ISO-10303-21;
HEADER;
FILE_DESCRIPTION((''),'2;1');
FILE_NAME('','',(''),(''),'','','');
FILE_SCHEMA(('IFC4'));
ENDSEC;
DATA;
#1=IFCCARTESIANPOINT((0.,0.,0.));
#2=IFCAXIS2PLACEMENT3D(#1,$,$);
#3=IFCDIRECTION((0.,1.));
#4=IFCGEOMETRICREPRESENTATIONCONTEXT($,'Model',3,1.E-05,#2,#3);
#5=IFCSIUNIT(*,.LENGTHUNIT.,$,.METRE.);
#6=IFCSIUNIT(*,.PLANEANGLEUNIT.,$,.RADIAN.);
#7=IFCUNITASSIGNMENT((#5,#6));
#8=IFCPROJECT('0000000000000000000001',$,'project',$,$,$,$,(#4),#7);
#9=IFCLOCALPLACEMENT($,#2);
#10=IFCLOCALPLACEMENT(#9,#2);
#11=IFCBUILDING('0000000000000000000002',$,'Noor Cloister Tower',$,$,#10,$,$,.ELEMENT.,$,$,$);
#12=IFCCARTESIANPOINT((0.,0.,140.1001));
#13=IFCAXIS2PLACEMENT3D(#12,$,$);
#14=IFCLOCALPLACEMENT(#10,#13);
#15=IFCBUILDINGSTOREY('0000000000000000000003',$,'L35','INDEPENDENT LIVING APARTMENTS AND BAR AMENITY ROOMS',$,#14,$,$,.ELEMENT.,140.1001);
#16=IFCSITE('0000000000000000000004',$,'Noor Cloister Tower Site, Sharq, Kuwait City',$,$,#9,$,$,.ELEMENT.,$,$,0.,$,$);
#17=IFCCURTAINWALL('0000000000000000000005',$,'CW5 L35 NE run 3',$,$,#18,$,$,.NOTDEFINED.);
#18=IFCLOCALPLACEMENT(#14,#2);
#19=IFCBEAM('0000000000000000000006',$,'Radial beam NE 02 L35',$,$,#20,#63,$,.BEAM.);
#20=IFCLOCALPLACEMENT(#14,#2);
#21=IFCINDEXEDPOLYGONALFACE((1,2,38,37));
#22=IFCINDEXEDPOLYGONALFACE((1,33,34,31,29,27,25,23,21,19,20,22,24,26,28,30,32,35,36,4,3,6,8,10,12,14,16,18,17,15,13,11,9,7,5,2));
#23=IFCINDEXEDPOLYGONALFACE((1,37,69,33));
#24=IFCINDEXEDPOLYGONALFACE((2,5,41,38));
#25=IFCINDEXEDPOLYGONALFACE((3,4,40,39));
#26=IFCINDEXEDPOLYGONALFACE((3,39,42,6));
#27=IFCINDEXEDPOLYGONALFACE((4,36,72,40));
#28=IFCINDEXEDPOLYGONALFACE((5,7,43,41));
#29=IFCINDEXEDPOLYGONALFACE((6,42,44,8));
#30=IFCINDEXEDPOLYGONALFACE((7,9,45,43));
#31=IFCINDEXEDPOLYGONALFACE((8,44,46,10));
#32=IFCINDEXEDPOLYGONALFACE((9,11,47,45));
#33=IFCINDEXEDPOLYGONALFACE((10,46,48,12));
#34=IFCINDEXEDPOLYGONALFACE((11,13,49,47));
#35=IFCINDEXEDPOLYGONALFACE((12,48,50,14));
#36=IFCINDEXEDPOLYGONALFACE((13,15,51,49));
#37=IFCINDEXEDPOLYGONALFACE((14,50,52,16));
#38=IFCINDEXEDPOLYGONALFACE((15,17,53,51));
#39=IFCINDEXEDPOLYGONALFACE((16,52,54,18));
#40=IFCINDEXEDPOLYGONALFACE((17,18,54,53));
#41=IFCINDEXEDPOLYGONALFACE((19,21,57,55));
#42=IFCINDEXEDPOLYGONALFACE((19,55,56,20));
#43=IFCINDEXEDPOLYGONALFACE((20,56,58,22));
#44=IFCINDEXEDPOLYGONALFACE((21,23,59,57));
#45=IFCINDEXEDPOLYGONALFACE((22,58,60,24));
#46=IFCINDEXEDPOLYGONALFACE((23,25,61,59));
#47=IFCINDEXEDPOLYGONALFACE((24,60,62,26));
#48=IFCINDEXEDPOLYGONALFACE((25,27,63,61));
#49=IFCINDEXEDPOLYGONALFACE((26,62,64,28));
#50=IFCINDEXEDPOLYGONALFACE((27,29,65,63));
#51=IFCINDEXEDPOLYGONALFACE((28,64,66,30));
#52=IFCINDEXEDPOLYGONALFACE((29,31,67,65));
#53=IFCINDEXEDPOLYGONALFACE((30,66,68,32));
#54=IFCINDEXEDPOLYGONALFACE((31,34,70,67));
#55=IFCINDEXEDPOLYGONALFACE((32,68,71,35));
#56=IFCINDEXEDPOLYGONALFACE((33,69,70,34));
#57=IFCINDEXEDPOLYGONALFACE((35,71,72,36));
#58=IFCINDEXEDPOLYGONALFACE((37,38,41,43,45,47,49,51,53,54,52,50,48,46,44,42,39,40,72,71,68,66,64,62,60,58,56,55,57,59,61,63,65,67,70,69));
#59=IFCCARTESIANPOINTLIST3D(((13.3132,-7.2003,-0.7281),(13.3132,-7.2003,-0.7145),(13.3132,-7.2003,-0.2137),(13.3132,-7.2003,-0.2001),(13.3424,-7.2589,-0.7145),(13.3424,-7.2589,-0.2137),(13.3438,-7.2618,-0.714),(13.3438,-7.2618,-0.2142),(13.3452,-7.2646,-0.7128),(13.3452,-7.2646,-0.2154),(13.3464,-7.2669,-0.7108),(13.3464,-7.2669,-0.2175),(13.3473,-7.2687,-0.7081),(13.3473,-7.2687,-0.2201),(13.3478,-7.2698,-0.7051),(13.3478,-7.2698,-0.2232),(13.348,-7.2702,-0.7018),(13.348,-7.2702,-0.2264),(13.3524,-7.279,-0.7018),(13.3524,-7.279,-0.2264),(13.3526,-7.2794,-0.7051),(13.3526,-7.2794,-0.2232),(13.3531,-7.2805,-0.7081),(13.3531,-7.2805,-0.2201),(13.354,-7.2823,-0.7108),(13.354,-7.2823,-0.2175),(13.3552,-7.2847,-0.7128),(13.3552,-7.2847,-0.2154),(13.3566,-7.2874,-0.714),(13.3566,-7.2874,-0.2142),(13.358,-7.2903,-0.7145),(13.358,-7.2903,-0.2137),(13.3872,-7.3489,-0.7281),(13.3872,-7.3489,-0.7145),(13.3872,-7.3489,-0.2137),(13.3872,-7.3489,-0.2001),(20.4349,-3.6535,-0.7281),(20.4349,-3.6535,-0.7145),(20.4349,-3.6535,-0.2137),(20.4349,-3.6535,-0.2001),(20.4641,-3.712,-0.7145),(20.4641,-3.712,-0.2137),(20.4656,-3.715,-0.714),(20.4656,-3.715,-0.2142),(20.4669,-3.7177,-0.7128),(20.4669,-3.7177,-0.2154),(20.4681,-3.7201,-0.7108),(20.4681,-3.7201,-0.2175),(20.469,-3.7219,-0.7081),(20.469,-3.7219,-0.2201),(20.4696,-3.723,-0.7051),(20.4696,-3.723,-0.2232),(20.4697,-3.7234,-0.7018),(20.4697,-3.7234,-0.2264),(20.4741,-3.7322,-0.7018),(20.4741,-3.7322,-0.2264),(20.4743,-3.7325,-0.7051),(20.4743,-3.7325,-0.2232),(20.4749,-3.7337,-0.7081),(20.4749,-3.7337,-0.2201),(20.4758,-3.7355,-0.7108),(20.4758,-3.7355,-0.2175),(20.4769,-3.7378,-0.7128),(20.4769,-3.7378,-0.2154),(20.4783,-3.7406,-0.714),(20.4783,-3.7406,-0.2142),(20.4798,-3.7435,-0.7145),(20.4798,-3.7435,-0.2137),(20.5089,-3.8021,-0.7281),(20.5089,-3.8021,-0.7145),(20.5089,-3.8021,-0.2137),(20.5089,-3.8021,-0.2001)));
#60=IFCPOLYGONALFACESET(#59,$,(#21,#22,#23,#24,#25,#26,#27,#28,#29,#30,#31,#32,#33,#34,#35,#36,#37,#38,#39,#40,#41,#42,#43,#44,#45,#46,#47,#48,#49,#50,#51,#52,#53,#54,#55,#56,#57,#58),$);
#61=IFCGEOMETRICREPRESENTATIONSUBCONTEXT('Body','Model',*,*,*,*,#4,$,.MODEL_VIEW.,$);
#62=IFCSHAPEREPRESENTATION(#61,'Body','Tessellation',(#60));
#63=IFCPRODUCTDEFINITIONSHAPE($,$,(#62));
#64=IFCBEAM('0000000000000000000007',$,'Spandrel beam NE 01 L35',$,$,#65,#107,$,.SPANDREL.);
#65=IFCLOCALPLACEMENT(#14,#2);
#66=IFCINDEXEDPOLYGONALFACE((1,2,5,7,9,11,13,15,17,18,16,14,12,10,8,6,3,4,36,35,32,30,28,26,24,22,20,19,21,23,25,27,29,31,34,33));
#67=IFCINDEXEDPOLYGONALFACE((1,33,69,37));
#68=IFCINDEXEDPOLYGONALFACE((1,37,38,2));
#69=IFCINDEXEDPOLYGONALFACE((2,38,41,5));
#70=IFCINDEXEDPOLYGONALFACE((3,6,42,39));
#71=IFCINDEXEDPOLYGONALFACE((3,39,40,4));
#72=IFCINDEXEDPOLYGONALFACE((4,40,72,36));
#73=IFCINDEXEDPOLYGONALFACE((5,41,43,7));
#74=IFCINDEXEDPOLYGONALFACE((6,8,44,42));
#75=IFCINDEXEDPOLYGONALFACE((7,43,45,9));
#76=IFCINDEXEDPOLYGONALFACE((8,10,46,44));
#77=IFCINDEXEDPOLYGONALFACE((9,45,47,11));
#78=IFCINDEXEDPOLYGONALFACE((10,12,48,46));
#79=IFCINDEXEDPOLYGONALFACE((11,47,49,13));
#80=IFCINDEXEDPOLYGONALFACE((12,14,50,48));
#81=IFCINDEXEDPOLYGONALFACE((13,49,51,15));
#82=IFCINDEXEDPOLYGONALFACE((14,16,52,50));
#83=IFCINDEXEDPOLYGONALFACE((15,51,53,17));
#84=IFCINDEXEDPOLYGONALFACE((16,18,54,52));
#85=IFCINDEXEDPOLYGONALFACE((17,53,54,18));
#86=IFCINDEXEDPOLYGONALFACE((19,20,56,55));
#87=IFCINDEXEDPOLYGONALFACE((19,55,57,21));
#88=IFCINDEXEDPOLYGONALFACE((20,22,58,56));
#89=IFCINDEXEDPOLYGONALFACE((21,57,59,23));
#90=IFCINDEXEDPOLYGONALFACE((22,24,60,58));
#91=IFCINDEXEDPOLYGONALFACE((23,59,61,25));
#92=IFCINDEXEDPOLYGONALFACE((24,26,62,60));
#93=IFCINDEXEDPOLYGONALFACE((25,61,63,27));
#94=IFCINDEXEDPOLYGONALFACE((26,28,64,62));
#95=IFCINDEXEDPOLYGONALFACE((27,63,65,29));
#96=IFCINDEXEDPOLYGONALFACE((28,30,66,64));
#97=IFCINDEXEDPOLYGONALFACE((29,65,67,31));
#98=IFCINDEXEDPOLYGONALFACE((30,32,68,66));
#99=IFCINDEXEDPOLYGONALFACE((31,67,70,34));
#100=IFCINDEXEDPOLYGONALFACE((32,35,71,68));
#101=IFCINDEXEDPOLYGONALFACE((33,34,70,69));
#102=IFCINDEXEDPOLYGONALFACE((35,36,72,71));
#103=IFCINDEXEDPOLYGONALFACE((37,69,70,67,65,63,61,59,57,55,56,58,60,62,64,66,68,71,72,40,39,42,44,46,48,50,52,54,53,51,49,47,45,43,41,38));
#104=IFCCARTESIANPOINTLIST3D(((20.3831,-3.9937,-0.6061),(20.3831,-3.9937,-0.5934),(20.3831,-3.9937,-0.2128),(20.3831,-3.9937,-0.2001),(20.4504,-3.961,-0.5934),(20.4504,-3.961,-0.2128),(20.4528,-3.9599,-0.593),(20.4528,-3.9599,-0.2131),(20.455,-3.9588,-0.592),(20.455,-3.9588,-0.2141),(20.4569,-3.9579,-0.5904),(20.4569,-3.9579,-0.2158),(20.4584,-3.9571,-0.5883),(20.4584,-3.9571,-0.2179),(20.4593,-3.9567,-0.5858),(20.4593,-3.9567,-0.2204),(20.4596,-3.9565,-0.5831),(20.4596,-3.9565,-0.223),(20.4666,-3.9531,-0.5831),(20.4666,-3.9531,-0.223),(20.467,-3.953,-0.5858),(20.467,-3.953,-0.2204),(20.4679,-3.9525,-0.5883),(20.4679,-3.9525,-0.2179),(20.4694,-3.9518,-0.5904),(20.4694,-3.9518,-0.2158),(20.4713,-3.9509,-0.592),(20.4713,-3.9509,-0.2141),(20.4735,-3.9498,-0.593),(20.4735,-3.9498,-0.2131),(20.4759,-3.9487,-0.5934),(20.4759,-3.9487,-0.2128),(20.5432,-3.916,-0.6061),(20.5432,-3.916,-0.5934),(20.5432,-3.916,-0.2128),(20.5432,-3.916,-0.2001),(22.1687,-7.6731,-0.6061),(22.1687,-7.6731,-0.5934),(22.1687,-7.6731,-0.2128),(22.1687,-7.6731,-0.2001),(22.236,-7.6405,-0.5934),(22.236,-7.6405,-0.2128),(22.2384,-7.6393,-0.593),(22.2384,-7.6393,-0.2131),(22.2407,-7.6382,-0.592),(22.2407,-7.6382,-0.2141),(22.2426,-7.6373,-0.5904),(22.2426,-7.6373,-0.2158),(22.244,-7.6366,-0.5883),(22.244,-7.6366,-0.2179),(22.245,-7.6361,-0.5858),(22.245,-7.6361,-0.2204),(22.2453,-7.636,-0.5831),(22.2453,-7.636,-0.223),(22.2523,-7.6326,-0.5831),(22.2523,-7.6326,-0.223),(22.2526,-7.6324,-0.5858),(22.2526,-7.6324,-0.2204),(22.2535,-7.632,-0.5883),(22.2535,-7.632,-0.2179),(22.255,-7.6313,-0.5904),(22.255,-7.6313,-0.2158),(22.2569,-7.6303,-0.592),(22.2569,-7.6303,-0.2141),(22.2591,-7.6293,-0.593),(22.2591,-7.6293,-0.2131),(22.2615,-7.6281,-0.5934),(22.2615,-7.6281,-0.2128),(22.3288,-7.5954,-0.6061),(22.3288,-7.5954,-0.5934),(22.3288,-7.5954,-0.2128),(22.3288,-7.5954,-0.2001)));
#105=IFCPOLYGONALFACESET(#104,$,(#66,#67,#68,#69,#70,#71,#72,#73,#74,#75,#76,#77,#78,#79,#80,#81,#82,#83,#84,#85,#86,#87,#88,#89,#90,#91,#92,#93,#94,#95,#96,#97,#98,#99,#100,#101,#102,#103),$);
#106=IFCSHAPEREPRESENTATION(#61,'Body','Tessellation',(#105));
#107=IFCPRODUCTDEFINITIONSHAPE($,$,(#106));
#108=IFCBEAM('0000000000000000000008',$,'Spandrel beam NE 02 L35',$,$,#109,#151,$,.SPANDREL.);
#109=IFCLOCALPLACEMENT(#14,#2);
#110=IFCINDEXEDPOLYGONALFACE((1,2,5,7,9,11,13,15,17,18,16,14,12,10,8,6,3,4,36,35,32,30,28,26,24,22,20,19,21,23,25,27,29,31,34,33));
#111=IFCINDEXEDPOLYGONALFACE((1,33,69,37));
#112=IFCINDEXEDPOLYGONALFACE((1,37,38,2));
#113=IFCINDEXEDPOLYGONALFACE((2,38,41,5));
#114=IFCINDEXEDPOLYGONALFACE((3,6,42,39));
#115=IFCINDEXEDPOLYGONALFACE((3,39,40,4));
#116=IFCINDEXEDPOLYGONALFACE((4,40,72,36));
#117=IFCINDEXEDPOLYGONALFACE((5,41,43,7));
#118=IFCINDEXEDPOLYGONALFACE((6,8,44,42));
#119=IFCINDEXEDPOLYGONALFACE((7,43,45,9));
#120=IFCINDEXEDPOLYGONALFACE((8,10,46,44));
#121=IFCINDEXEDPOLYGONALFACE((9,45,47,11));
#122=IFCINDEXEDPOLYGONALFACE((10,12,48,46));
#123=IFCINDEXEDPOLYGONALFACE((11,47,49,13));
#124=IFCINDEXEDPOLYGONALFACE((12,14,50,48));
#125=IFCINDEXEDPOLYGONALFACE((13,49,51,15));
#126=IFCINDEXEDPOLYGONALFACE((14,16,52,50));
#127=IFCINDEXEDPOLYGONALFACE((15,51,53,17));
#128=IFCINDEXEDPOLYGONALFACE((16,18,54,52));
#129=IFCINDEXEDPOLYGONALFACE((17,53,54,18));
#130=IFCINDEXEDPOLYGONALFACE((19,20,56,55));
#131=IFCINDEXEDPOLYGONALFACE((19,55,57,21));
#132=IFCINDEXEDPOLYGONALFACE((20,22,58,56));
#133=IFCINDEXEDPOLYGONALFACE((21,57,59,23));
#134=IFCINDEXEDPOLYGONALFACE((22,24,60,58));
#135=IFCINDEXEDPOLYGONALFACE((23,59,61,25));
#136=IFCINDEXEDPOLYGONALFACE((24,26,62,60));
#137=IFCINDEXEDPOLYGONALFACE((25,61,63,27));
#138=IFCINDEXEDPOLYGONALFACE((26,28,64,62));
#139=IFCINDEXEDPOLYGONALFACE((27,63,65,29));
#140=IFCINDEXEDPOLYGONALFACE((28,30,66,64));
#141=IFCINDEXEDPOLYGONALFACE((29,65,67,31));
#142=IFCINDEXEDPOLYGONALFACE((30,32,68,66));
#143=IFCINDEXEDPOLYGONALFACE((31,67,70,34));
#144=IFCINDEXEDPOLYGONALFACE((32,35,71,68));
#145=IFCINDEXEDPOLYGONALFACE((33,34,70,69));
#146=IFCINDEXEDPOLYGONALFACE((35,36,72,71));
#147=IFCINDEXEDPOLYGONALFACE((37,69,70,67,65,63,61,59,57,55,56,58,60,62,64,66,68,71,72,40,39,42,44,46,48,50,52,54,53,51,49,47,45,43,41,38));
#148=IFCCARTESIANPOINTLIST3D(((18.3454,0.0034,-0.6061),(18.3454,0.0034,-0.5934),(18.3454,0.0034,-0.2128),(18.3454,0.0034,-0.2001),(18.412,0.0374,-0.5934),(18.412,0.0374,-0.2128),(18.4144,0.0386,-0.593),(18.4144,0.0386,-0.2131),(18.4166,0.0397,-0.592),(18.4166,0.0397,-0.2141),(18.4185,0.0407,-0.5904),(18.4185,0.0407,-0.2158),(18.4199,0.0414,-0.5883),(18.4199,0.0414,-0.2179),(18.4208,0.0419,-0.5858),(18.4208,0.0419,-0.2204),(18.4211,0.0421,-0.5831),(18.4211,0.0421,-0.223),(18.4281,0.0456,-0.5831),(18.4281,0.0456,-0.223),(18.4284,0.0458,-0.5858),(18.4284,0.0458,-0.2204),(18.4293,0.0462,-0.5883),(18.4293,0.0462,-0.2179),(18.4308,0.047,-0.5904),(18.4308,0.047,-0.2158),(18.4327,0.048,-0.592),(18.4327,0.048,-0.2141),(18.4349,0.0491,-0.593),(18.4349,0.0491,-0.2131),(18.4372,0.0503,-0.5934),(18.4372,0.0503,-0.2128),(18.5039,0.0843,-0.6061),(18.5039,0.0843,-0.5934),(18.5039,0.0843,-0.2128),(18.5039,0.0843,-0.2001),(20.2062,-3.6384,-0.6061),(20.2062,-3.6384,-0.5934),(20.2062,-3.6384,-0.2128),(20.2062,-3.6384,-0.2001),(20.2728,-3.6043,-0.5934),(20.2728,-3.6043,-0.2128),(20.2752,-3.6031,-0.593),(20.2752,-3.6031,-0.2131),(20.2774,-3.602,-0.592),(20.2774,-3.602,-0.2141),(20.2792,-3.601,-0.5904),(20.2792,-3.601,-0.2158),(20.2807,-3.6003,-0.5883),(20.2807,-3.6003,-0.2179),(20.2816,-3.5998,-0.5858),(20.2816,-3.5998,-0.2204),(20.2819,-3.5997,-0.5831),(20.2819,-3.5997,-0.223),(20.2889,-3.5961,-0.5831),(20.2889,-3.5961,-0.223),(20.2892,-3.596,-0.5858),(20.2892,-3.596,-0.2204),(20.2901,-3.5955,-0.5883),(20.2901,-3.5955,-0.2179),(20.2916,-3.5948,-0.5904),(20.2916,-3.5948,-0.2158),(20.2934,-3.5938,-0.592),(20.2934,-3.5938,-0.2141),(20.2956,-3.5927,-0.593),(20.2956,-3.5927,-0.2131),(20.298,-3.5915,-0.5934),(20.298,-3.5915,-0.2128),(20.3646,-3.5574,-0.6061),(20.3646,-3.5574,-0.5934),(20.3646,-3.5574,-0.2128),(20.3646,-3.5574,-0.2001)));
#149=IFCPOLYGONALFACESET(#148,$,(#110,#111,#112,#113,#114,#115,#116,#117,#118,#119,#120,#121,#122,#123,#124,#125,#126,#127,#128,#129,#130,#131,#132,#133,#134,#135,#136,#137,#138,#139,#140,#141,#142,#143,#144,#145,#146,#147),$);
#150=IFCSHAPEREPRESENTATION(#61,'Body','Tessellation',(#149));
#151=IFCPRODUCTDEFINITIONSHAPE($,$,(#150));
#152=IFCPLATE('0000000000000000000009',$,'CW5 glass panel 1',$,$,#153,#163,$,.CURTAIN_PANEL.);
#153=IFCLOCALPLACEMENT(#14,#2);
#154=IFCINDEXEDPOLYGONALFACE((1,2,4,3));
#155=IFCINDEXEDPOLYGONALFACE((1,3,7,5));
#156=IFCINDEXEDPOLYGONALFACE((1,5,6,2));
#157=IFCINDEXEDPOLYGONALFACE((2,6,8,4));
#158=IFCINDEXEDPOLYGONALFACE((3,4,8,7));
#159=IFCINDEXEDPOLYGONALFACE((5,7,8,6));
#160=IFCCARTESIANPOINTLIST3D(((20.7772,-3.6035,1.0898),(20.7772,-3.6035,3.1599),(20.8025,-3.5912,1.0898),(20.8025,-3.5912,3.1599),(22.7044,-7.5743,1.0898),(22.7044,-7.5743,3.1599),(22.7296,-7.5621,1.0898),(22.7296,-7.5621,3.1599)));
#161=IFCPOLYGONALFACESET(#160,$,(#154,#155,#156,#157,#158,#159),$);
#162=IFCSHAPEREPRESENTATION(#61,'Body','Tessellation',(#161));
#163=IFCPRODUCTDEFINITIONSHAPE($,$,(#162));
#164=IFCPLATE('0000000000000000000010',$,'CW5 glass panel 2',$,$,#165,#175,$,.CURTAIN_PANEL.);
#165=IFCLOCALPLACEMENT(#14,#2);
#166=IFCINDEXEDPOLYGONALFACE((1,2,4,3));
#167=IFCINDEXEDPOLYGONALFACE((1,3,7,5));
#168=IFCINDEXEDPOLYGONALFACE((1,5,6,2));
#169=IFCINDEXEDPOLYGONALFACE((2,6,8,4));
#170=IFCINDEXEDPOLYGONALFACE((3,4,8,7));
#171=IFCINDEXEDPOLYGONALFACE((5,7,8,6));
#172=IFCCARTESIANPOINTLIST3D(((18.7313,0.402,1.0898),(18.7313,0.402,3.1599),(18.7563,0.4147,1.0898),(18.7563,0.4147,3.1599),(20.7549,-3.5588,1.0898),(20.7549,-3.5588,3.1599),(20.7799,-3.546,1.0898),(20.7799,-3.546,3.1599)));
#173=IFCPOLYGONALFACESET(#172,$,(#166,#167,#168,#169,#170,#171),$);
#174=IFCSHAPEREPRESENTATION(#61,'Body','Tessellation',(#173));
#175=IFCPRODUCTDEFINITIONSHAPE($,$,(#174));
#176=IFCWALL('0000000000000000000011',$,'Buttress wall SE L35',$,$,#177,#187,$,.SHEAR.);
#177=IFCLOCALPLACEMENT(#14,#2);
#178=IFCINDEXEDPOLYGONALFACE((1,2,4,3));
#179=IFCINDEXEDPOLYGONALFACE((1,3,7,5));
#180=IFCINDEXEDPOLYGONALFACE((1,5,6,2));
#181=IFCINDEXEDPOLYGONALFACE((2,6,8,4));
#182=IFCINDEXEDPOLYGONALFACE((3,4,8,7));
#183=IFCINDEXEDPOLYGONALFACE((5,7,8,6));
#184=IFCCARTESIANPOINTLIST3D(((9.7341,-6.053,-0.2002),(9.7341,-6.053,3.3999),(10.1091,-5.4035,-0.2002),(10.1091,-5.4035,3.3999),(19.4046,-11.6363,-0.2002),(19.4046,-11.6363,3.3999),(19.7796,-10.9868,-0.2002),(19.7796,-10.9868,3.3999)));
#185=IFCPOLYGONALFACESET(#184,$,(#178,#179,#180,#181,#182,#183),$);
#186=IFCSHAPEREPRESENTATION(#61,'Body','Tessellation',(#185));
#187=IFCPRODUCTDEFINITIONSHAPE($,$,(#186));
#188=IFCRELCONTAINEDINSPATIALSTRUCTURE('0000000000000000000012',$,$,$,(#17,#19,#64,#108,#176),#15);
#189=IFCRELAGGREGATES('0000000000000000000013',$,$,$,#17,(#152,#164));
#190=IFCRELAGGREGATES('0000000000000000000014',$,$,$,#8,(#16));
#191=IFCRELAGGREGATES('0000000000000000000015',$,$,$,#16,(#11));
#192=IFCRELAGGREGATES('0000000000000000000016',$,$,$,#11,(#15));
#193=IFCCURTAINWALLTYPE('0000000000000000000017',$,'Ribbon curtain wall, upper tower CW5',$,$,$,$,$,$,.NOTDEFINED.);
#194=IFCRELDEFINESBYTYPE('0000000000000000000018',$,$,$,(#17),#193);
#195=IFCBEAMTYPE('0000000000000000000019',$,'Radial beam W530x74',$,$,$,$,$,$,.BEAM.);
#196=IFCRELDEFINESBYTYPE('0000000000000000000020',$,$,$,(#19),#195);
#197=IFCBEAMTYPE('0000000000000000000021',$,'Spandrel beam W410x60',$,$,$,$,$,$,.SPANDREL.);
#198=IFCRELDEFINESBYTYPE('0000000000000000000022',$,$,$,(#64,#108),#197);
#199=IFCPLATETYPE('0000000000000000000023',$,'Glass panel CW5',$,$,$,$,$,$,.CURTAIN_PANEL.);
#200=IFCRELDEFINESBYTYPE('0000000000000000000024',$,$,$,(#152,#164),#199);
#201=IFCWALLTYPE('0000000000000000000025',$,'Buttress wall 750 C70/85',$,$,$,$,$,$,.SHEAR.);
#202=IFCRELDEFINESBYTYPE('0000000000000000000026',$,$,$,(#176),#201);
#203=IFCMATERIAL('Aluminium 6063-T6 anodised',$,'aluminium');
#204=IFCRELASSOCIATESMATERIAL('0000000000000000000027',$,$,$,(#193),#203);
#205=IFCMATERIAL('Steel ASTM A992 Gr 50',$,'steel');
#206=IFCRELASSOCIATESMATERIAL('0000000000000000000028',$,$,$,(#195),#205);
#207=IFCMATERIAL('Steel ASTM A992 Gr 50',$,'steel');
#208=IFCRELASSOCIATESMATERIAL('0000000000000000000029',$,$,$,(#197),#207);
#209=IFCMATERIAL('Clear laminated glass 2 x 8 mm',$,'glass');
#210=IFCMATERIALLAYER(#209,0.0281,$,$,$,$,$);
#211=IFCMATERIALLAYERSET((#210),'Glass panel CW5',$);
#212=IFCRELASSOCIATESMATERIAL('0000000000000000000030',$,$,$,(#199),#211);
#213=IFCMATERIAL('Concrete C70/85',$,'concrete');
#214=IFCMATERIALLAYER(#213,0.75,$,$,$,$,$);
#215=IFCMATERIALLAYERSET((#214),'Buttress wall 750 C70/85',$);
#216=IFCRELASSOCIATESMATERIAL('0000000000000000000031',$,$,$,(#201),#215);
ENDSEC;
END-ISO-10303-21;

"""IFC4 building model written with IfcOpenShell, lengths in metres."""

from ifc_helpers import new_model, si_unit, direction, frame, frame_2d, origin, origin_2d, place, context, subcontext, project, spatial, rectangle, i_section, extrude, material, layer, layer_set, material_profile, profile_set, type_object, element, aggregate, save


model = new_model("IFC4")

# Units and contexts
model_context = context("Model", 3, precision=1e-05, world=origin(), true_north=direction((0.0, 1.0)))
body_context = subcontext(model_context, "Body", "Model", "MODEL_VIEW")
ifc_project = project(units=[si_unit("LENGTHUNIT", "METRE"), si_unit("PLANEANGLEUNIT", "RADIAN")], contexts=[model_context])

# Site, building, storey
site_placement = place(None, origin())
site = spatial("IfcSite", under=ifc_project, at=site_placement, Name="Noor Cloister Tower Site, Sharq, Kuwait City", CompositionType="ELEMENT", RefElevation=0.0)
building_placement = place(site_placement, origin())
building = spatial("IfcBuilding", under=site, at=building_placement, Name="Noor Cloister Tower", CompositionType="ELEMENT")
storey_placement = place(building_placement, frame((0.0, 0.0, 140.1001)))
storey = spatial("IfcBuildingStorey", under=building, at=storey_placement, Name="L35", Description="INDEPENDENT LIVING APARTMENTS AND BAR AMENITY ROOMS", CompositionType="ELEMENT", Elevation=140.1001)

# Curtain wall
ifc_material_1 = material(Name="Aluminium 6063-T6 anodised", Category="aluminium")
curtain_wall_type = type_object("IfcCurtainWallType", Name="Ribbon curtain wall, upper tower CW5", PredefinedType="NOTDEFINED", material=ifc_material_1)
curtain_wall_placement = place(storey_placement, origin())
curtain_wall = element("IfcCurtainWall", 1, at=curtain_wall_placement, inside=storey, type_object=curtain_wall_type, Name="CW5 L35 NE run 3", PredefinedType="NOTDEFINED")

# Beams
ifc_material_2 = material(Name="Steel ASTM A992 Gr 50", Category="steel")
ifc_material_profile_1 = material_profile(ifc_material_2, i_section(OverallWidth=0.166, OverallDepth=0.5281, WebThickness=0.0098, FlangeThickness=0.0137, FilletRadius=0.0127, at=origin_2d()), Name="W530x74")
ifc_profile_set_1 = profile_set([ifc_material_profile_1], Name="Steel ASTM A992 Gr 50")
beam_type_1 = type_object("IfcBeamType", Name="Radial beam W530x74", PredefinedType="BEAM", material=ifc_profile_set_1)
beam_1_placement = place(storey_placement, frame((20.4719, -3.7278, -0.4641), z_axis=(-0.895132, -0.445801, 0.0), x_axis=(0.445801, -0.895132, 0.0)))
element("IfcBeam", 2, at=beam_1_placement, inside=storey, type_object=beam_type_1, Name="Radial beam NE 02 L35", PredefinedType="BEAM", context=body_context, shape_type="SweptSolid", body=[
    extrude(i_section(OverallWidth=0.166, OverallDepth=0.5281, WebThickness=0.0098, FlangeThickness=0.0137, FilletRadius=0.0127, at=origin_2d()), origin(), (0.0, 0.0, 1.0), 7.9561),
])
ifc_material_3 = material(Name="Steel ASTM A992 Gr 50", Category="steel")
ifc_material_profile_2 = material_profile(ifc_material_3, i_section(OverallWidth=0.178, OverallDepth=0.406, WebThickness=0.0078, FlangeThickness=0.0127, FilletRadius=0.0103, at=origin_2d()), Name="W410x60")
ifc_profile_set_2 = profile_set([ifc_material_profile_2], Name="Steel ASTM A992 Gr 50")
beam_type_2 = type_object("IfcBeamType", Name="Spandrel beam W410x60", PredefinedType="SPANDREL", material=ifc_profile_set_2)
beam_2_placement = place(storey_placement, frame((22.2488, -7.6343, -0.4031), z_axis=(-0.436604, 0.899654, 0.0), x_axis=(-0.899654, -0.436604, 0.0)))
element("IfcBeam", 3, at=beam_2_placement, inside=storey, type_object=beam_type_2, Name="Spandrel beam NE 01 L35", PredefinedType="SPANDREL", context=body_context, shape_type="SweptSolid", body=[
    extrude(i_section(OverallWidth=0.178, OverallDepth=0.406, WebThickness=0.0078, FlangeThickness=0.0127, FilletRadius=0.0103, at=origin_2d()), origin(), (0.0, 0.0, 1.0), 4.0898),
])
beam_3_placement = place(storey_placement, frame((20.2854, -3.5979, -0.4031), z_axis=(-0.455005, 0.890489, 0.0), x_axis=(-0.890489, -0.455005, 0.0)))
element("IfcBeam", 4, at=beam_3_placement, inside=storey, type_object=beam_type_2, Name="Spandrel beam NE 02 L35", PredefinedType="SPANDREL", context=body_context, shape_type="SweptSolid", body=[
    extrude(i_section(OverallWidth=0.178, OverallDepth=0.406, WebThickness=0.0078, FlangeThickness=0.0127, FilletRadius=0.0103, at=origin_2d()), origin(), (0.0, 0.0, 1.0), 4.0896),
])

# Plates
ifc_material_4 = material(Name="Clear laminated glass 2 x 8 mm", Category="glass")
ifc_layer_1 = layer(ifc_material_4, 0.0281)
ifc_layer_set_1 = layer_set([ifc_layer_1], Name="Glass panel CW5")
plate_type = type_object("IfcPlateType", Name="Glass panel CW5", PredefinedType="CURTAIN_PANEL", material=ifc_layer_set_1)
plate_1_placement = place(storey_placement, frame((21.7534, -5.5828, 1.0898), z_axis=(0.0, 0.0, 1.0), x_axis=(-0.436619, 0.899647, 0.0)))
plate_1 = element("IfcPlate", 5, at=plate_1_placement, type_object=plate_type, Name="CW5 glass panel 1", PredefinedType="CURTAIN_PANEL", context=body_context, shape_type="SweptSolid", body=[
    extrude(rectangle(XDim=4.4138, YDim=0.0281, at=origin_2d()), origin(), (0.0, 0.0, 1.0), 2.0701),
])
plate_2_placement = place(storey_placement, frame((19.7556, -1.572, 1.0898), z_axis=(0.0, 0.0, 1.0), x_axis=(-0.454972, 0.890506, 0.0)))
plate_2 = element("IfcPlate", 6, at=plate_2_placement, type_object=plate_type, Name="CW5 glass panel 2", PredefinedType="CURTAIN_PANEL", context=body_context, shape_type="SweptSolid", body=[
    extrude(rectangle(XDim=4.4478, YDim=0.0281, at=origin_2d()), origin(), (0.0, 0.0, 1.0), 2.0701),
])
aggregate(curtain_wall, [plate_1, plate_2])

# Wall
ifc_material_5 = material(Name="Concrete C70/85", Category="concrete")
ifc_layer_2 = layer(ifc_material_5, 0.75)
ifc_layer_set_2 = layer_set([ifc_layer_2], Name="Buttress wall 750 C70/85")
wall_type_1 = type_object("IfcWallType", Name="Buttress wall 750 C70/85", PredefinedType="SHEAR", material=ifc_layer_set_2)
wall_1_placement = place(storey_placement, frame((9.9216, -5.7283, -0.2002), z_axis=(0.0, 0.0, 1.0), x_axis=(0.866024, -0.500003, 0.0)))
element("IfcWall", 7, at=wall_1_placement, inside=storey, type_object=wall_type_1, Name="Buttress wall SE L35", PredefinedType="SHEAR", context=body_context, shape_type="SweptSolid", body=[
    extrude(rectangle(XDim=11.1665, YDim=0.75, at=frame_2d((5.5833, 0.0))), origin(), (0.0, 0.0, 1.0), 3.6001),
])

save(model, "model.ifc")
